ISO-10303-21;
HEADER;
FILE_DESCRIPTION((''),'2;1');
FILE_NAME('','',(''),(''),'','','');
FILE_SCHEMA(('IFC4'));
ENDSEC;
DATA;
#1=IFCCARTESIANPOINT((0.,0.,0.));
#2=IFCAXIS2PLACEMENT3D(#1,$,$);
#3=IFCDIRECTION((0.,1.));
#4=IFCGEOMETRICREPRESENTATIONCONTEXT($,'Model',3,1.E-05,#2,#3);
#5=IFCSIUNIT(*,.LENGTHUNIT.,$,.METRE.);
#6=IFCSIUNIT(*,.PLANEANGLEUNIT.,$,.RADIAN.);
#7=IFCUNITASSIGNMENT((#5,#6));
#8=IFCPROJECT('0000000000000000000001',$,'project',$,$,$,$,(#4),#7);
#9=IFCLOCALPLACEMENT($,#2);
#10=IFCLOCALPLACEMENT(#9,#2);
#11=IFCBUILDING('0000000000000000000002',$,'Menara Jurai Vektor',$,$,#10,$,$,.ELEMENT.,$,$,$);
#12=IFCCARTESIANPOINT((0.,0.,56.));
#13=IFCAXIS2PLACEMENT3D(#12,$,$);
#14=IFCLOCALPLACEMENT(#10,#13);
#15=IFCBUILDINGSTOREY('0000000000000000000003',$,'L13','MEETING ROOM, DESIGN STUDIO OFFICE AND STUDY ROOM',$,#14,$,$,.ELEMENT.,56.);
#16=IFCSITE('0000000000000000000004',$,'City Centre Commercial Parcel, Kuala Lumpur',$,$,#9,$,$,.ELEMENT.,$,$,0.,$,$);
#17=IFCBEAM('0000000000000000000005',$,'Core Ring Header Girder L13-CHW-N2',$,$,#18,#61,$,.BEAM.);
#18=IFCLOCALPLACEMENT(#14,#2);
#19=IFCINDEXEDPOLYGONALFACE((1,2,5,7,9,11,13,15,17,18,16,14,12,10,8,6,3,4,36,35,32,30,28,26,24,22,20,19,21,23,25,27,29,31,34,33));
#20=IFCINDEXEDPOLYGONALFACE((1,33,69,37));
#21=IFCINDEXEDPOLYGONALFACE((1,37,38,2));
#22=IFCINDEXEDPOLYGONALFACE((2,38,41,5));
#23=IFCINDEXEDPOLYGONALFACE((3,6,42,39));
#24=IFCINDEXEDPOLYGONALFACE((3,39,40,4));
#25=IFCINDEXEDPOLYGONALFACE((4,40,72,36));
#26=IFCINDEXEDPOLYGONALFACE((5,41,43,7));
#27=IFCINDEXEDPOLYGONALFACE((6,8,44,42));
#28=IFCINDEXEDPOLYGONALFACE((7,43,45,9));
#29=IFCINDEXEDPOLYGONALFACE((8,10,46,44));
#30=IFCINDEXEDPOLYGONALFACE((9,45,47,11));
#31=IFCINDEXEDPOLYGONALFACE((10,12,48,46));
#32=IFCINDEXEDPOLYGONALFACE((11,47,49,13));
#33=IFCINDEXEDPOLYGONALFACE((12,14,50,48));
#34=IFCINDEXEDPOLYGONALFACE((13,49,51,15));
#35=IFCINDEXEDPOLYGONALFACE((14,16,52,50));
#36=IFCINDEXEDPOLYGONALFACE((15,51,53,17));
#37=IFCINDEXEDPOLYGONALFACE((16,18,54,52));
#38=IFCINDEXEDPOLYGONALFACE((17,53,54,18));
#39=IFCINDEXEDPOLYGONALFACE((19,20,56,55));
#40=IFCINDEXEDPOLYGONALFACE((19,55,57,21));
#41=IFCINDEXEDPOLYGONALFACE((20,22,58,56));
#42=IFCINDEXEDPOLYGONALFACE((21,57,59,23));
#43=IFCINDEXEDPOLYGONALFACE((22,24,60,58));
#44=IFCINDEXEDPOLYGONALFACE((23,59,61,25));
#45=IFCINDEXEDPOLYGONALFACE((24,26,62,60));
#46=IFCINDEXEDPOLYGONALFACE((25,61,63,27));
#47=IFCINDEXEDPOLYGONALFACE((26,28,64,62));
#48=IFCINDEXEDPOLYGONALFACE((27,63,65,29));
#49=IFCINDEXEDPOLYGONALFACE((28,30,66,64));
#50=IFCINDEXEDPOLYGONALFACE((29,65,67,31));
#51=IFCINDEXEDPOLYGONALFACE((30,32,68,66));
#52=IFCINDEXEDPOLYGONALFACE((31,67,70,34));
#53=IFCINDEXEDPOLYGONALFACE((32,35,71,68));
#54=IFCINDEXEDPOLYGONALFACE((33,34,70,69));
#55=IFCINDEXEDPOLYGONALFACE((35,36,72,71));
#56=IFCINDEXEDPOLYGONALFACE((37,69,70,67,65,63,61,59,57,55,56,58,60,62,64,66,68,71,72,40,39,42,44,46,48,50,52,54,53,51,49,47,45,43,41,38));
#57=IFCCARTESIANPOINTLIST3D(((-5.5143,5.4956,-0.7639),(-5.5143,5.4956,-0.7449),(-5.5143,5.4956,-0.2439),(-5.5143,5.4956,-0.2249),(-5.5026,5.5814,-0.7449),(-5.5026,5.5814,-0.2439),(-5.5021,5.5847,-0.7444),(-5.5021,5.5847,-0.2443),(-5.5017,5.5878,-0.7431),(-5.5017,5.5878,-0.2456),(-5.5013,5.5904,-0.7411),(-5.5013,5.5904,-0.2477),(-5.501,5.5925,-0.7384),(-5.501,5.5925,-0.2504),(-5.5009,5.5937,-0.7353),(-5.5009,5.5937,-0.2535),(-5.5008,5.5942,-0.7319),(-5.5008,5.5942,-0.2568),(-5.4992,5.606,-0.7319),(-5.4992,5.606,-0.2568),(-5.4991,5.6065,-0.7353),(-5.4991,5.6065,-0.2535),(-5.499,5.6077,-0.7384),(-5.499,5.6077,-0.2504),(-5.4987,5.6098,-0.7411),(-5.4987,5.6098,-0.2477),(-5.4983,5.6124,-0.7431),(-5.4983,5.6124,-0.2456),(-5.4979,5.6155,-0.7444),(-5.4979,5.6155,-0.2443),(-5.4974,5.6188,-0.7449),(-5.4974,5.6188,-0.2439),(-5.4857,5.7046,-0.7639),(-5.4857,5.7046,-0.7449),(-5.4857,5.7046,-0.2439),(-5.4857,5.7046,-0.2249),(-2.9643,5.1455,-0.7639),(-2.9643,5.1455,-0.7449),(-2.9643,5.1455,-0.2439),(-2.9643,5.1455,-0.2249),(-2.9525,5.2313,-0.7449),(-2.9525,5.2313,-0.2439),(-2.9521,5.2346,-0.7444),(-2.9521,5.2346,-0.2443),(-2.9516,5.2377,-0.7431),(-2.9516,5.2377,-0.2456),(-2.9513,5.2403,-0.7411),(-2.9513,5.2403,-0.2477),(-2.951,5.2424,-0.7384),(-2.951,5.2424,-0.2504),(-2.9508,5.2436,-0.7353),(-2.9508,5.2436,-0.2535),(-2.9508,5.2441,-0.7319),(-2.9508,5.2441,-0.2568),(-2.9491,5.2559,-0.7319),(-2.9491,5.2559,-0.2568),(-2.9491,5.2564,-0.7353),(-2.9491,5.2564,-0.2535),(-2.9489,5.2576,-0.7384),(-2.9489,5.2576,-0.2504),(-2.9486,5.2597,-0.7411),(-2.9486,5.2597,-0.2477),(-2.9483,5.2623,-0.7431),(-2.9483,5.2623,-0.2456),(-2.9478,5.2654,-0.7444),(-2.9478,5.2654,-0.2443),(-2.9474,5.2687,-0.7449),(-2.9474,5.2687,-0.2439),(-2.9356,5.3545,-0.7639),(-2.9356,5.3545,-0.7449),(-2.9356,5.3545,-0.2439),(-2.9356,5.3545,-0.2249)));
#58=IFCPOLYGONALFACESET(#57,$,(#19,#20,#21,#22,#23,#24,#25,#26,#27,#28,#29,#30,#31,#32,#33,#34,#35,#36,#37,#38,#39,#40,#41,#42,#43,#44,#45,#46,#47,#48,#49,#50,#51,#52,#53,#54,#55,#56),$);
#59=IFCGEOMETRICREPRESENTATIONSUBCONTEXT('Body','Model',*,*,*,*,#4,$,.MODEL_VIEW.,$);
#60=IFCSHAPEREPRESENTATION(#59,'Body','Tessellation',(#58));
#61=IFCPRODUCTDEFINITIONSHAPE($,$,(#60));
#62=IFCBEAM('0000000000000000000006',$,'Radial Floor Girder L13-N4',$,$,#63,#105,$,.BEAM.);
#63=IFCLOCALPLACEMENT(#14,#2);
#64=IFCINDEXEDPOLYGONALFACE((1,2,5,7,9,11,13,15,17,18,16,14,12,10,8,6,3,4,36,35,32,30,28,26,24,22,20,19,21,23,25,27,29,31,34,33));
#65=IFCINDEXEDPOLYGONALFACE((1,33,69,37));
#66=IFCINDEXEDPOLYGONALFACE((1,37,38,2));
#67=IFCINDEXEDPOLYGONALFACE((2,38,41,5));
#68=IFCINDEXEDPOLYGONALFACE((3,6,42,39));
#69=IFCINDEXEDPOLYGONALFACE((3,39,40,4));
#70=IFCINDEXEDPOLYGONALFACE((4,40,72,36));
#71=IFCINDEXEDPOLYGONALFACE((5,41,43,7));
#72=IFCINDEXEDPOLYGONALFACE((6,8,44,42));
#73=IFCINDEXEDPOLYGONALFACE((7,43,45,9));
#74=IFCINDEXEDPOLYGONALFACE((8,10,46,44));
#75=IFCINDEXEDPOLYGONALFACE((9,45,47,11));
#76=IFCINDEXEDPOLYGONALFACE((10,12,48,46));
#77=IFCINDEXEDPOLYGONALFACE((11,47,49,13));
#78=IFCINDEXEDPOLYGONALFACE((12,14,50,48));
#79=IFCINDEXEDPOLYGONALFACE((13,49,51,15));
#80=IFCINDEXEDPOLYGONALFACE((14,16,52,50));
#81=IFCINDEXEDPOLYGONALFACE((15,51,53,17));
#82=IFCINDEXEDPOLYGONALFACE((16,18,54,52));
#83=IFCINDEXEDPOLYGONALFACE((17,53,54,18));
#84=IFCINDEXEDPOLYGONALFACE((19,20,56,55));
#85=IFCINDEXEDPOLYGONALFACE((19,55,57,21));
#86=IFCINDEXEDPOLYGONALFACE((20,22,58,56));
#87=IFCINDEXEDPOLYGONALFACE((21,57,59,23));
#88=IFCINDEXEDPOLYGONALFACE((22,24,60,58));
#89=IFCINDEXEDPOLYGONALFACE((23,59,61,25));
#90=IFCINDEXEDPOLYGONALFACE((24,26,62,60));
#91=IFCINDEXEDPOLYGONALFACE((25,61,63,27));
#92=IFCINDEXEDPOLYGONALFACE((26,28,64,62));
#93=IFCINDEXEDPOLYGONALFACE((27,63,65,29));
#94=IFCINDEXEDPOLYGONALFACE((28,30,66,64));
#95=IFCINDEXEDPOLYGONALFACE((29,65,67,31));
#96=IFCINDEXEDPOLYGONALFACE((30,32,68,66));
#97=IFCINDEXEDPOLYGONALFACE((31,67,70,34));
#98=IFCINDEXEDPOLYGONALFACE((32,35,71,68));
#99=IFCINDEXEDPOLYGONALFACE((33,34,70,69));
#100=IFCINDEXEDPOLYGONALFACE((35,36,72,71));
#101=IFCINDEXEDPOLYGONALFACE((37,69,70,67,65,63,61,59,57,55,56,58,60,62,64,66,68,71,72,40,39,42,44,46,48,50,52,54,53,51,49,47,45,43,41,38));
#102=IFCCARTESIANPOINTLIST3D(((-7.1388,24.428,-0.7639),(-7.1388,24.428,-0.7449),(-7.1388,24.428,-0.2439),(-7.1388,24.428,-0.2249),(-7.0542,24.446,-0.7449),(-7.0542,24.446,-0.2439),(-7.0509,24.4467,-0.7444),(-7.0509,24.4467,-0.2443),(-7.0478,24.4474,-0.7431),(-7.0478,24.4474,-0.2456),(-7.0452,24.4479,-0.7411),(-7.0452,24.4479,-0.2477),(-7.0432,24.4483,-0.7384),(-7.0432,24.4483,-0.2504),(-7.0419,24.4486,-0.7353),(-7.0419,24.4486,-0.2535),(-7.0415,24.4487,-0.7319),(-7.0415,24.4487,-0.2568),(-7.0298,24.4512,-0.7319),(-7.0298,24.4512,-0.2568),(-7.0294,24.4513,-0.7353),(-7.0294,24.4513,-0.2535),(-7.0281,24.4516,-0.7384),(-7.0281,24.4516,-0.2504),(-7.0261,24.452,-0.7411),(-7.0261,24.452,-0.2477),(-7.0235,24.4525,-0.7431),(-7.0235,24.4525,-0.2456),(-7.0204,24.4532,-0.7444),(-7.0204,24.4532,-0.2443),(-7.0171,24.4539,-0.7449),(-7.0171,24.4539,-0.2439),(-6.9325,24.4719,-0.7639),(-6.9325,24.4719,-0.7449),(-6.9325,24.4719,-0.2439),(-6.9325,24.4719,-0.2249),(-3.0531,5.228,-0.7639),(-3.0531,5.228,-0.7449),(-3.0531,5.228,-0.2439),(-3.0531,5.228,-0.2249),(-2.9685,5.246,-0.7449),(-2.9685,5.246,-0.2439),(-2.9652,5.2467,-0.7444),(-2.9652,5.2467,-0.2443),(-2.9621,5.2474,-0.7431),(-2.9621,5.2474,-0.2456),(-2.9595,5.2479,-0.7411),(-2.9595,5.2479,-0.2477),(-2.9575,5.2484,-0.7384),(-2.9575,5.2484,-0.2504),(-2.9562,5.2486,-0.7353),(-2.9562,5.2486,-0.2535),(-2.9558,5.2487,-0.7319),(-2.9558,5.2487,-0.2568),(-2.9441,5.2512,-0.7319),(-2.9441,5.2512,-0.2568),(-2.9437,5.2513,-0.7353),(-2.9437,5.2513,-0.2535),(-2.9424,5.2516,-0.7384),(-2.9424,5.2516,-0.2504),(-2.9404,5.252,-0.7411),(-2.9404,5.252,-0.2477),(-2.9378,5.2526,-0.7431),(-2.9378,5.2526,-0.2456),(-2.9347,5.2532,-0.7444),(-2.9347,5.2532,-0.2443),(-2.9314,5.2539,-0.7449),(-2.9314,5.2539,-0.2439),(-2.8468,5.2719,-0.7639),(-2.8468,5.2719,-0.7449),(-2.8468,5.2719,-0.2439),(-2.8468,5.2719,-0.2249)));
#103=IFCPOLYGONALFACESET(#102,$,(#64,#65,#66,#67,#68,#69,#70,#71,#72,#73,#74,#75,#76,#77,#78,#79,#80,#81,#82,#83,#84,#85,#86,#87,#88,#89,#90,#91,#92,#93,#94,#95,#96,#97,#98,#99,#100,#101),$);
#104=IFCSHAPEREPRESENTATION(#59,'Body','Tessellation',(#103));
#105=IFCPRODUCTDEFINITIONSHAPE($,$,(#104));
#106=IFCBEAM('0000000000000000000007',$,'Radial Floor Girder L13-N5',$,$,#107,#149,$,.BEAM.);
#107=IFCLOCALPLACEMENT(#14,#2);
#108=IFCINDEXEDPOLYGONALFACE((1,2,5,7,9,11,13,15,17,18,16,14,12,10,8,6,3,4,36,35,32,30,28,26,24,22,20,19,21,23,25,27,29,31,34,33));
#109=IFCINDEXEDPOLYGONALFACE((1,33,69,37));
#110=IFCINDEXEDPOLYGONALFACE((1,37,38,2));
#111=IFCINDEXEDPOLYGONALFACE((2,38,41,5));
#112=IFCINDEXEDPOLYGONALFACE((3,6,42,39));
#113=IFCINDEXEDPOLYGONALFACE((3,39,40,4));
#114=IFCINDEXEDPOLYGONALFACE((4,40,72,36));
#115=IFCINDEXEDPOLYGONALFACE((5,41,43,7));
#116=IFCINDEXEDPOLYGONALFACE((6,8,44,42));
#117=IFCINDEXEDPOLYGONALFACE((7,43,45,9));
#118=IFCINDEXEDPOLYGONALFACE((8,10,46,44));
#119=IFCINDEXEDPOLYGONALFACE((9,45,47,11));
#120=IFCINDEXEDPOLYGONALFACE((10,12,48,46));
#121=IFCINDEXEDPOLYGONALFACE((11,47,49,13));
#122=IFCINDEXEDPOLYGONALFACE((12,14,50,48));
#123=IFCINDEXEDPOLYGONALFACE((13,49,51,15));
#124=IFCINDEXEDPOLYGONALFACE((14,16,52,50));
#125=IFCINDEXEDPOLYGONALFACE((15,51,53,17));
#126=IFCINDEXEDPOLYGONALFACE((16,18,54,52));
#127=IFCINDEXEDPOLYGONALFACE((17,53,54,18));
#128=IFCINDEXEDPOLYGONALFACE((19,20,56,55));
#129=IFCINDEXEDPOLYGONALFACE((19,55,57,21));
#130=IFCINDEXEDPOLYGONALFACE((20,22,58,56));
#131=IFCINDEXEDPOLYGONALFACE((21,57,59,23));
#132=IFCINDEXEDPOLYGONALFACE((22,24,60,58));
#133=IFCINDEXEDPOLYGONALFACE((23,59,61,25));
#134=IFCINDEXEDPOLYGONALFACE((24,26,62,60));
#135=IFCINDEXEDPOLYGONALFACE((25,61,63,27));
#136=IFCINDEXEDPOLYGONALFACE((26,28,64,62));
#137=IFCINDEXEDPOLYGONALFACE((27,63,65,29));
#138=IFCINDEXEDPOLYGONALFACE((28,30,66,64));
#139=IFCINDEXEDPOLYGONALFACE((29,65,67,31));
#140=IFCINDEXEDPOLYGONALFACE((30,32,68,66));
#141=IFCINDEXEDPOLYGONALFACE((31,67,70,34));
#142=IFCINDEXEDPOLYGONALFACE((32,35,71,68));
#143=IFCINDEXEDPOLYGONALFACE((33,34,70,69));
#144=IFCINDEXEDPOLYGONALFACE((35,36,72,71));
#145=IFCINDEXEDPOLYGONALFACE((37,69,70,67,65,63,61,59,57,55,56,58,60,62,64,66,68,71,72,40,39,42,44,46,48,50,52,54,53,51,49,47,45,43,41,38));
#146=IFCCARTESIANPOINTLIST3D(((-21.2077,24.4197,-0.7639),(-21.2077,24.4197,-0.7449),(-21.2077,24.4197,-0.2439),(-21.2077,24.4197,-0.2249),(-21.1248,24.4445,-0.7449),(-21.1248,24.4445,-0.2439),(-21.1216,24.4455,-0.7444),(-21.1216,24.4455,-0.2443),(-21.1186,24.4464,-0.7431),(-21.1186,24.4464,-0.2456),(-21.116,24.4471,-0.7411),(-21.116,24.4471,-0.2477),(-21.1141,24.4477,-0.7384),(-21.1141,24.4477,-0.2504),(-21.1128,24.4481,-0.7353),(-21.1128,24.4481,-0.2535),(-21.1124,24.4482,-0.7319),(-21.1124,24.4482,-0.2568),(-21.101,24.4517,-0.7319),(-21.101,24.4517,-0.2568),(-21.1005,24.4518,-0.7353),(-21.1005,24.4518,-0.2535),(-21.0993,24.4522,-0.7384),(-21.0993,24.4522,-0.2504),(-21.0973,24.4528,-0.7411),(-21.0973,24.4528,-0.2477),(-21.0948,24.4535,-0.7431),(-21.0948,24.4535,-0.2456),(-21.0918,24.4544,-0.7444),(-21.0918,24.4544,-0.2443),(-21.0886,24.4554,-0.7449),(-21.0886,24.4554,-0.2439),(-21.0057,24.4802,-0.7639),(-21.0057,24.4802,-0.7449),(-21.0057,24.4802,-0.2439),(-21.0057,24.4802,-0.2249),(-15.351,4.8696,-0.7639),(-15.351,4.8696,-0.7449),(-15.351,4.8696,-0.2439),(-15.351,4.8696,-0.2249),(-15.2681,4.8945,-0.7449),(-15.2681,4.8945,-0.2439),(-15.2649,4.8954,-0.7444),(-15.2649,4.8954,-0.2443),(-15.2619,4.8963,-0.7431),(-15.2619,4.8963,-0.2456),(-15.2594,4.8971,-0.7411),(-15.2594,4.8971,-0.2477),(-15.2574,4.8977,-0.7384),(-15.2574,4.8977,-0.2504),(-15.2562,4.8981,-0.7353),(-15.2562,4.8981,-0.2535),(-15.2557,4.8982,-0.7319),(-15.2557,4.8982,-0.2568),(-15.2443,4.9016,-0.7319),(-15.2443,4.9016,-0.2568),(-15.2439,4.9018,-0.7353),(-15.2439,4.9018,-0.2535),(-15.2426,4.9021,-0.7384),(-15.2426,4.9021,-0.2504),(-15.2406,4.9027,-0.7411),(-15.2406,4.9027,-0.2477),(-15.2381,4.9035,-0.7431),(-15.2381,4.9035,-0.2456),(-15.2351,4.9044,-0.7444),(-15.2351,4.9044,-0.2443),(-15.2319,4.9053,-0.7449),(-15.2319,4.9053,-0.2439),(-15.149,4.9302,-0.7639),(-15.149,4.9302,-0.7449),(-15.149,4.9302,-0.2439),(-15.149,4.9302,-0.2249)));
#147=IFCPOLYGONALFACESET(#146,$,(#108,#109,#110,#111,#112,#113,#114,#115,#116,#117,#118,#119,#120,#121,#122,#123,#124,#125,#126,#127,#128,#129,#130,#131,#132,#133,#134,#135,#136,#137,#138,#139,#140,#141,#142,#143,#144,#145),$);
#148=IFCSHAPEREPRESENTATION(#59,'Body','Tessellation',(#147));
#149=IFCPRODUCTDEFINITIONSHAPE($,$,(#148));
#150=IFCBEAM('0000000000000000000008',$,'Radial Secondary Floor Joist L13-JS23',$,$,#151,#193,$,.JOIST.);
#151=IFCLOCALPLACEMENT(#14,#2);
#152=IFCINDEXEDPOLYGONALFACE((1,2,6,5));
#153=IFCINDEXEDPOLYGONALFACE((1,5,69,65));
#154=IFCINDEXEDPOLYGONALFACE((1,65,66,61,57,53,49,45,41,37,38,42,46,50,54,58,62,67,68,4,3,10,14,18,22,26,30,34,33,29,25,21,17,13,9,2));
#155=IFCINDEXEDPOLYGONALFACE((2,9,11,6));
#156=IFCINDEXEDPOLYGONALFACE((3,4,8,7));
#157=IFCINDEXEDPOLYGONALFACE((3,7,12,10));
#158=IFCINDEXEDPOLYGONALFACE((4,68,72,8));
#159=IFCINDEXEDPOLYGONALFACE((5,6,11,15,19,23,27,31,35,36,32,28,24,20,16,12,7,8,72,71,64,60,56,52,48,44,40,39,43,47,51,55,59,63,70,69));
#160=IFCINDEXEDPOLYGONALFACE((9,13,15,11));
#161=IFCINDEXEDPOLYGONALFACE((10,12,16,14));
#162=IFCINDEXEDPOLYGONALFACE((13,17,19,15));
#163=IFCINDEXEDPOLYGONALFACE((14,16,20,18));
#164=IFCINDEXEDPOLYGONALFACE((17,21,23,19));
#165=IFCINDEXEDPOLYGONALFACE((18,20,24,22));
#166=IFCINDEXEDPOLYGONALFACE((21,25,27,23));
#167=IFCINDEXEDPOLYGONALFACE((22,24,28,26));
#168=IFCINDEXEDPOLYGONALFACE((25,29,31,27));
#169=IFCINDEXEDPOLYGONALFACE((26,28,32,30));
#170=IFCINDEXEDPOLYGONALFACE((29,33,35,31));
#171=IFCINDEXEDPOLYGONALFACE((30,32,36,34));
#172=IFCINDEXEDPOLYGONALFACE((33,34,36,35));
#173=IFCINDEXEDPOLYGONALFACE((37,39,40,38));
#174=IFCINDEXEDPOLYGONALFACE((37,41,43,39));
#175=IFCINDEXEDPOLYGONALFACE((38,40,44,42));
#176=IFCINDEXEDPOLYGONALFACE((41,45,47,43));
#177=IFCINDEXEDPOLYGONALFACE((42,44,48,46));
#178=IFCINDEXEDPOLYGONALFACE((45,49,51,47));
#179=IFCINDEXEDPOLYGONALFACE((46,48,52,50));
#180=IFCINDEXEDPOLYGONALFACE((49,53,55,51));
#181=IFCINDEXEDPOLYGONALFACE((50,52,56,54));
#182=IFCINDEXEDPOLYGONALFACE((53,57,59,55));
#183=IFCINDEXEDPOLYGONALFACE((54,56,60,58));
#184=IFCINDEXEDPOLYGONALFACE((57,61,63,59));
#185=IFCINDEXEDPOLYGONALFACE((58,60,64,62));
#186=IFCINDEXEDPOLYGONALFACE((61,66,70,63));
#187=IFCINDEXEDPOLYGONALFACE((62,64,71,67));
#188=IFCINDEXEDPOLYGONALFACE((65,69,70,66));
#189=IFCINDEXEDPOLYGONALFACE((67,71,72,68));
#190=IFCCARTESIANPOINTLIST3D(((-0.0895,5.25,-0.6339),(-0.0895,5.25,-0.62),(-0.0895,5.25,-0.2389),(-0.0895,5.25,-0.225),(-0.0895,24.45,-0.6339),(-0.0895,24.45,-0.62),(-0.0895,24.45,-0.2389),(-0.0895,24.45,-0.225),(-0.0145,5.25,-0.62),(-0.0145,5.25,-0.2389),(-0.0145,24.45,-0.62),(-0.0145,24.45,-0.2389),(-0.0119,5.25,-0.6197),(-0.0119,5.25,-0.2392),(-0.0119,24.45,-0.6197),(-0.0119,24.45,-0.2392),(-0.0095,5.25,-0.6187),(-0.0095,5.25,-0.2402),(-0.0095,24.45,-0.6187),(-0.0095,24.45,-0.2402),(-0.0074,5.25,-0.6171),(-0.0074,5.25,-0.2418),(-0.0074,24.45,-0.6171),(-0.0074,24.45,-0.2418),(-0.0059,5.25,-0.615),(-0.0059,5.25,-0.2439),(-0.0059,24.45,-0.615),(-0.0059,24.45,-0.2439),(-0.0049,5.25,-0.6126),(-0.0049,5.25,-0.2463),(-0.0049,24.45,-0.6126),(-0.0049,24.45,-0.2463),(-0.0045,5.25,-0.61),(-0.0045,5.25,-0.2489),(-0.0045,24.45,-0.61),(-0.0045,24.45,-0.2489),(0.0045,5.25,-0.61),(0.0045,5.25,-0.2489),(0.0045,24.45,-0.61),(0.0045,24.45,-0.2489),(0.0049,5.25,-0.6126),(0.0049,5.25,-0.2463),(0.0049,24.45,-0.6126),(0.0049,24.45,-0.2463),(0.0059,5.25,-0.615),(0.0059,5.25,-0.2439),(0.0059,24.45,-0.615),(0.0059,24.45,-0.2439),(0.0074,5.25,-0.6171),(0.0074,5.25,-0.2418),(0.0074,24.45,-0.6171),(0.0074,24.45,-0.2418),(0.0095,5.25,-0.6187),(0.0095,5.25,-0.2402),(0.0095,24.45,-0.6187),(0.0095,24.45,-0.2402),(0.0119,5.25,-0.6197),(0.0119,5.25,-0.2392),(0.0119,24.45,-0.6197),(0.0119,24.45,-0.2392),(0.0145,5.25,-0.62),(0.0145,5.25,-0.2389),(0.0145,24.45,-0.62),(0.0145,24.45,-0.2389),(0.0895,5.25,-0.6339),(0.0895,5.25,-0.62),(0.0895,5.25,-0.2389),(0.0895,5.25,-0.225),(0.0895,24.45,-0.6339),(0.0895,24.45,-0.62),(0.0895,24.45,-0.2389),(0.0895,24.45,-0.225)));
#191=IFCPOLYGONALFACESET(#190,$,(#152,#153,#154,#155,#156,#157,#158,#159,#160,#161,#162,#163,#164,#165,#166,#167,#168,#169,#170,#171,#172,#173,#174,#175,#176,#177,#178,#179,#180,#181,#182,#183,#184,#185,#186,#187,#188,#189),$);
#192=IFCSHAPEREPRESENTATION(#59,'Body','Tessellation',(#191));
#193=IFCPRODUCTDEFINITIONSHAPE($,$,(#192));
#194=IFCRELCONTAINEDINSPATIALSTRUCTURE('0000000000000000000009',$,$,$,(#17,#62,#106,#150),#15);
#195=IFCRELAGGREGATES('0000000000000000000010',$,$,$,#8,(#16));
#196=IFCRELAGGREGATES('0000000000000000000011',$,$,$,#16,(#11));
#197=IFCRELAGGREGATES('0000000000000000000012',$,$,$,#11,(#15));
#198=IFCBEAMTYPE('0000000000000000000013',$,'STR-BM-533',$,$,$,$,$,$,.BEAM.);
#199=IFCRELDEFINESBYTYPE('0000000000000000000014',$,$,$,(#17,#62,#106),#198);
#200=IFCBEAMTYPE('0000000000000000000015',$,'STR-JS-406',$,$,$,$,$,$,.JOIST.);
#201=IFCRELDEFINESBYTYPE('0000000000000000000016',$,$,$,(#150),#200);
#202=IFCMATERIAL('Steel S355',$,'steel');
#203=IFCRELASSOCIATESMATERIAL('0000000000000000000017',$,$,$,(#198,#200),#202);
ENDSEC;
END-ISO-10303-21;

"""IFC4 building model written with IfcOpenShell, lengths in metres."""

from ifc_helpers import new_model, si_unit, direction, frame, origin, origin_2d, place, context, subcontext, project, spatial, i_section, extrude, material, material_profile, profile_set, type_object, element, save


model = new_model("IFC4")

# Units and contexts
model_context = context("Model", 3, precision=1e-05, world=origin(), true_north=direction((0.0, 1.0)))
body_context = subcontext(model_context, "Body", "Model", "MODEL_VIEW")
ifc_project = project(units=[si_unit("LENGTHUNIT", "METRE"), si_unit("PLANEANGLEUNIT", "RADIAN")], contexts=[model_context])

# Site, building, storey
site_placement = place(None, origin())
site = spatial("IfcSite", under=ifc_project, at=site_placement, Name="City Centre Commercial Parcel, Kuala Lumpur", CompositionType="ELEMENT", RefElevation=0.0)
building_placement = place(site_placement, origin())
building = spatial("IfcBuilding", under=site, at=building_placement, Name="Menara Jurai Vektor", CompositionType="ELEMENT")
storey_placement = place(building_placement, frame((0.0, 0.0, 56.0)))
storey = spatial("IfcBuildingStorey", under=building, at=storey_placement, Name="L13", Description="MEETING ROOM, DESIGN STUDIO OFFICE AND STUDY ROOM", CompositionType="ELEMENT", Elevation=56.0)

# Beams
ifc_material_1 = material(Name="Steel S355", Category="steel")
ifc_material_profile_1 = material_profile(ifc_material_1, i_section(OverallWidth=0.2109, OverallDepth=0.5391, WebThickness=0.012, FlangeThickness=0.019, FilletRadius=0.0129, at=origin_2d()), Name="UKB 533x210x109")
ifc_profile_set_1 = profile_set([ifc_material_profile_1], Name="Steel S355")
beam_type_1 = type_object("IfcBeamType", Name="STR-BM-533", PredefinedType="BEAM", material=ifc_profile_set_1)
beam_1_placement = place(storey_placement, frame((-5.5, 5.6001, -0.4944), z_axis=(0.990707, -0.136015, 0.0), x_axis=(0.136015, 0.990707, 0.0)))
element("IfcBeam", 1, at=beam_1_placement, inside=storey, type_object=beam_type_1, Name="Core Ring Header Girder L13-CHW-N2", PredefinedType="BEAM", context=body_context, shape_type="SweptSolid", body=[
    extrude(i_section(OverallWidth=0.2109, OverallDepth=0.5391, WebThickness=0.012, FlangeThickness=0.019, FilletRadius=0.0129, at=origin_2d()), origin(), (0.0, 0.0, 1.0), 2.574),
])
beam_2_placement = place(storey_placement, frame((-7.0356, 24.45, -0.4944), z_axis=(0.208137, -0.9781, 0.0), x_axis=(0.9781, 0.208137, 0.0)))
element("IfcBeam", 2, at=beam_2_placement, inside=storey, type_object=beam_type_1, Name="Radial Floor Girder L13-N4", PredefinedType="BEAM", context=body_context, shape_type="SweptSolid", body=[
    extrude(i_section(OverallWidth=0.2109, OverallDepth=0.5391, WebThickness=0.012, FlangeThickness=0.019, FilletRadius=0.0129, at=origin_2d()), origin(), (0.0, 0.0, 1.0), 19.6299),
])
beam_3_placement = place(storey_placement, frame((-21.1067, 24.45, -0.4944), z_axis=(0.286974, -0.957938, 0.0), x_axis=(0.957938, 0.286974, 0.0)))
element("IfcBeam", 3, at=beam_3_placement, inside=storey, type_object=beam_type_1, Name="Radial Floor Girder L13-N5", PredefinedType="BEAM", context=body_context, shape_type="SweptSolid", body=[
    extrude(i_section(OverallWidth=0.2109, OverallDepth=0.5391, WebThickness=0.012, FlangeThickness=0.019, FilletRadius=0.0129, at=origin_2d()), origin(), (0.0, 0.0, 1.0), 20.4084),
])
ifc_material_profile_2 = material_profile(ifc_material_1, i_section(OverallWidth=0.179, OverallDepth=0.4089, WebThickness=0.009, FlangeThickness=0.0139, FilletRadius=0.01, at=origin_2d()), Name="UKB 406x178x67")
ifc_profile_set_2 = profile_set([ifc_material_profile_2], Name="Steel S355")
beam_type_2 = type_object("IfcBeamType", Name="STR-JS-406", PredefinedType="JOIST", material=ifc_profile_set_2)
beam_4_placement = place(storey_placement, frame((0.0, 24.45, -0.4294), z_axis=(0.0, -1.0, 0.0), x_axis=(1.0, 0.0, 0.0)))
element("IfcBeam", 4, at=beam_4_placement, inside=storey, type_object=beam_type_2, Name="Radial Secondary Floor Joist L13-JS23", PredefinedType="JOIST", context=body_context, shape_type="SweptSolid", body=[
    extrude(i_section(OverallWidth=0.179, OverallDepth=0.4089, WebThickness=0.009, FlangeThickness=0.0139, FilletRadius=0.01, at=origin_2d()), origin(), (0.0, 0.0, 1.0), 19.2),
])

save(model, "model.ifc")
